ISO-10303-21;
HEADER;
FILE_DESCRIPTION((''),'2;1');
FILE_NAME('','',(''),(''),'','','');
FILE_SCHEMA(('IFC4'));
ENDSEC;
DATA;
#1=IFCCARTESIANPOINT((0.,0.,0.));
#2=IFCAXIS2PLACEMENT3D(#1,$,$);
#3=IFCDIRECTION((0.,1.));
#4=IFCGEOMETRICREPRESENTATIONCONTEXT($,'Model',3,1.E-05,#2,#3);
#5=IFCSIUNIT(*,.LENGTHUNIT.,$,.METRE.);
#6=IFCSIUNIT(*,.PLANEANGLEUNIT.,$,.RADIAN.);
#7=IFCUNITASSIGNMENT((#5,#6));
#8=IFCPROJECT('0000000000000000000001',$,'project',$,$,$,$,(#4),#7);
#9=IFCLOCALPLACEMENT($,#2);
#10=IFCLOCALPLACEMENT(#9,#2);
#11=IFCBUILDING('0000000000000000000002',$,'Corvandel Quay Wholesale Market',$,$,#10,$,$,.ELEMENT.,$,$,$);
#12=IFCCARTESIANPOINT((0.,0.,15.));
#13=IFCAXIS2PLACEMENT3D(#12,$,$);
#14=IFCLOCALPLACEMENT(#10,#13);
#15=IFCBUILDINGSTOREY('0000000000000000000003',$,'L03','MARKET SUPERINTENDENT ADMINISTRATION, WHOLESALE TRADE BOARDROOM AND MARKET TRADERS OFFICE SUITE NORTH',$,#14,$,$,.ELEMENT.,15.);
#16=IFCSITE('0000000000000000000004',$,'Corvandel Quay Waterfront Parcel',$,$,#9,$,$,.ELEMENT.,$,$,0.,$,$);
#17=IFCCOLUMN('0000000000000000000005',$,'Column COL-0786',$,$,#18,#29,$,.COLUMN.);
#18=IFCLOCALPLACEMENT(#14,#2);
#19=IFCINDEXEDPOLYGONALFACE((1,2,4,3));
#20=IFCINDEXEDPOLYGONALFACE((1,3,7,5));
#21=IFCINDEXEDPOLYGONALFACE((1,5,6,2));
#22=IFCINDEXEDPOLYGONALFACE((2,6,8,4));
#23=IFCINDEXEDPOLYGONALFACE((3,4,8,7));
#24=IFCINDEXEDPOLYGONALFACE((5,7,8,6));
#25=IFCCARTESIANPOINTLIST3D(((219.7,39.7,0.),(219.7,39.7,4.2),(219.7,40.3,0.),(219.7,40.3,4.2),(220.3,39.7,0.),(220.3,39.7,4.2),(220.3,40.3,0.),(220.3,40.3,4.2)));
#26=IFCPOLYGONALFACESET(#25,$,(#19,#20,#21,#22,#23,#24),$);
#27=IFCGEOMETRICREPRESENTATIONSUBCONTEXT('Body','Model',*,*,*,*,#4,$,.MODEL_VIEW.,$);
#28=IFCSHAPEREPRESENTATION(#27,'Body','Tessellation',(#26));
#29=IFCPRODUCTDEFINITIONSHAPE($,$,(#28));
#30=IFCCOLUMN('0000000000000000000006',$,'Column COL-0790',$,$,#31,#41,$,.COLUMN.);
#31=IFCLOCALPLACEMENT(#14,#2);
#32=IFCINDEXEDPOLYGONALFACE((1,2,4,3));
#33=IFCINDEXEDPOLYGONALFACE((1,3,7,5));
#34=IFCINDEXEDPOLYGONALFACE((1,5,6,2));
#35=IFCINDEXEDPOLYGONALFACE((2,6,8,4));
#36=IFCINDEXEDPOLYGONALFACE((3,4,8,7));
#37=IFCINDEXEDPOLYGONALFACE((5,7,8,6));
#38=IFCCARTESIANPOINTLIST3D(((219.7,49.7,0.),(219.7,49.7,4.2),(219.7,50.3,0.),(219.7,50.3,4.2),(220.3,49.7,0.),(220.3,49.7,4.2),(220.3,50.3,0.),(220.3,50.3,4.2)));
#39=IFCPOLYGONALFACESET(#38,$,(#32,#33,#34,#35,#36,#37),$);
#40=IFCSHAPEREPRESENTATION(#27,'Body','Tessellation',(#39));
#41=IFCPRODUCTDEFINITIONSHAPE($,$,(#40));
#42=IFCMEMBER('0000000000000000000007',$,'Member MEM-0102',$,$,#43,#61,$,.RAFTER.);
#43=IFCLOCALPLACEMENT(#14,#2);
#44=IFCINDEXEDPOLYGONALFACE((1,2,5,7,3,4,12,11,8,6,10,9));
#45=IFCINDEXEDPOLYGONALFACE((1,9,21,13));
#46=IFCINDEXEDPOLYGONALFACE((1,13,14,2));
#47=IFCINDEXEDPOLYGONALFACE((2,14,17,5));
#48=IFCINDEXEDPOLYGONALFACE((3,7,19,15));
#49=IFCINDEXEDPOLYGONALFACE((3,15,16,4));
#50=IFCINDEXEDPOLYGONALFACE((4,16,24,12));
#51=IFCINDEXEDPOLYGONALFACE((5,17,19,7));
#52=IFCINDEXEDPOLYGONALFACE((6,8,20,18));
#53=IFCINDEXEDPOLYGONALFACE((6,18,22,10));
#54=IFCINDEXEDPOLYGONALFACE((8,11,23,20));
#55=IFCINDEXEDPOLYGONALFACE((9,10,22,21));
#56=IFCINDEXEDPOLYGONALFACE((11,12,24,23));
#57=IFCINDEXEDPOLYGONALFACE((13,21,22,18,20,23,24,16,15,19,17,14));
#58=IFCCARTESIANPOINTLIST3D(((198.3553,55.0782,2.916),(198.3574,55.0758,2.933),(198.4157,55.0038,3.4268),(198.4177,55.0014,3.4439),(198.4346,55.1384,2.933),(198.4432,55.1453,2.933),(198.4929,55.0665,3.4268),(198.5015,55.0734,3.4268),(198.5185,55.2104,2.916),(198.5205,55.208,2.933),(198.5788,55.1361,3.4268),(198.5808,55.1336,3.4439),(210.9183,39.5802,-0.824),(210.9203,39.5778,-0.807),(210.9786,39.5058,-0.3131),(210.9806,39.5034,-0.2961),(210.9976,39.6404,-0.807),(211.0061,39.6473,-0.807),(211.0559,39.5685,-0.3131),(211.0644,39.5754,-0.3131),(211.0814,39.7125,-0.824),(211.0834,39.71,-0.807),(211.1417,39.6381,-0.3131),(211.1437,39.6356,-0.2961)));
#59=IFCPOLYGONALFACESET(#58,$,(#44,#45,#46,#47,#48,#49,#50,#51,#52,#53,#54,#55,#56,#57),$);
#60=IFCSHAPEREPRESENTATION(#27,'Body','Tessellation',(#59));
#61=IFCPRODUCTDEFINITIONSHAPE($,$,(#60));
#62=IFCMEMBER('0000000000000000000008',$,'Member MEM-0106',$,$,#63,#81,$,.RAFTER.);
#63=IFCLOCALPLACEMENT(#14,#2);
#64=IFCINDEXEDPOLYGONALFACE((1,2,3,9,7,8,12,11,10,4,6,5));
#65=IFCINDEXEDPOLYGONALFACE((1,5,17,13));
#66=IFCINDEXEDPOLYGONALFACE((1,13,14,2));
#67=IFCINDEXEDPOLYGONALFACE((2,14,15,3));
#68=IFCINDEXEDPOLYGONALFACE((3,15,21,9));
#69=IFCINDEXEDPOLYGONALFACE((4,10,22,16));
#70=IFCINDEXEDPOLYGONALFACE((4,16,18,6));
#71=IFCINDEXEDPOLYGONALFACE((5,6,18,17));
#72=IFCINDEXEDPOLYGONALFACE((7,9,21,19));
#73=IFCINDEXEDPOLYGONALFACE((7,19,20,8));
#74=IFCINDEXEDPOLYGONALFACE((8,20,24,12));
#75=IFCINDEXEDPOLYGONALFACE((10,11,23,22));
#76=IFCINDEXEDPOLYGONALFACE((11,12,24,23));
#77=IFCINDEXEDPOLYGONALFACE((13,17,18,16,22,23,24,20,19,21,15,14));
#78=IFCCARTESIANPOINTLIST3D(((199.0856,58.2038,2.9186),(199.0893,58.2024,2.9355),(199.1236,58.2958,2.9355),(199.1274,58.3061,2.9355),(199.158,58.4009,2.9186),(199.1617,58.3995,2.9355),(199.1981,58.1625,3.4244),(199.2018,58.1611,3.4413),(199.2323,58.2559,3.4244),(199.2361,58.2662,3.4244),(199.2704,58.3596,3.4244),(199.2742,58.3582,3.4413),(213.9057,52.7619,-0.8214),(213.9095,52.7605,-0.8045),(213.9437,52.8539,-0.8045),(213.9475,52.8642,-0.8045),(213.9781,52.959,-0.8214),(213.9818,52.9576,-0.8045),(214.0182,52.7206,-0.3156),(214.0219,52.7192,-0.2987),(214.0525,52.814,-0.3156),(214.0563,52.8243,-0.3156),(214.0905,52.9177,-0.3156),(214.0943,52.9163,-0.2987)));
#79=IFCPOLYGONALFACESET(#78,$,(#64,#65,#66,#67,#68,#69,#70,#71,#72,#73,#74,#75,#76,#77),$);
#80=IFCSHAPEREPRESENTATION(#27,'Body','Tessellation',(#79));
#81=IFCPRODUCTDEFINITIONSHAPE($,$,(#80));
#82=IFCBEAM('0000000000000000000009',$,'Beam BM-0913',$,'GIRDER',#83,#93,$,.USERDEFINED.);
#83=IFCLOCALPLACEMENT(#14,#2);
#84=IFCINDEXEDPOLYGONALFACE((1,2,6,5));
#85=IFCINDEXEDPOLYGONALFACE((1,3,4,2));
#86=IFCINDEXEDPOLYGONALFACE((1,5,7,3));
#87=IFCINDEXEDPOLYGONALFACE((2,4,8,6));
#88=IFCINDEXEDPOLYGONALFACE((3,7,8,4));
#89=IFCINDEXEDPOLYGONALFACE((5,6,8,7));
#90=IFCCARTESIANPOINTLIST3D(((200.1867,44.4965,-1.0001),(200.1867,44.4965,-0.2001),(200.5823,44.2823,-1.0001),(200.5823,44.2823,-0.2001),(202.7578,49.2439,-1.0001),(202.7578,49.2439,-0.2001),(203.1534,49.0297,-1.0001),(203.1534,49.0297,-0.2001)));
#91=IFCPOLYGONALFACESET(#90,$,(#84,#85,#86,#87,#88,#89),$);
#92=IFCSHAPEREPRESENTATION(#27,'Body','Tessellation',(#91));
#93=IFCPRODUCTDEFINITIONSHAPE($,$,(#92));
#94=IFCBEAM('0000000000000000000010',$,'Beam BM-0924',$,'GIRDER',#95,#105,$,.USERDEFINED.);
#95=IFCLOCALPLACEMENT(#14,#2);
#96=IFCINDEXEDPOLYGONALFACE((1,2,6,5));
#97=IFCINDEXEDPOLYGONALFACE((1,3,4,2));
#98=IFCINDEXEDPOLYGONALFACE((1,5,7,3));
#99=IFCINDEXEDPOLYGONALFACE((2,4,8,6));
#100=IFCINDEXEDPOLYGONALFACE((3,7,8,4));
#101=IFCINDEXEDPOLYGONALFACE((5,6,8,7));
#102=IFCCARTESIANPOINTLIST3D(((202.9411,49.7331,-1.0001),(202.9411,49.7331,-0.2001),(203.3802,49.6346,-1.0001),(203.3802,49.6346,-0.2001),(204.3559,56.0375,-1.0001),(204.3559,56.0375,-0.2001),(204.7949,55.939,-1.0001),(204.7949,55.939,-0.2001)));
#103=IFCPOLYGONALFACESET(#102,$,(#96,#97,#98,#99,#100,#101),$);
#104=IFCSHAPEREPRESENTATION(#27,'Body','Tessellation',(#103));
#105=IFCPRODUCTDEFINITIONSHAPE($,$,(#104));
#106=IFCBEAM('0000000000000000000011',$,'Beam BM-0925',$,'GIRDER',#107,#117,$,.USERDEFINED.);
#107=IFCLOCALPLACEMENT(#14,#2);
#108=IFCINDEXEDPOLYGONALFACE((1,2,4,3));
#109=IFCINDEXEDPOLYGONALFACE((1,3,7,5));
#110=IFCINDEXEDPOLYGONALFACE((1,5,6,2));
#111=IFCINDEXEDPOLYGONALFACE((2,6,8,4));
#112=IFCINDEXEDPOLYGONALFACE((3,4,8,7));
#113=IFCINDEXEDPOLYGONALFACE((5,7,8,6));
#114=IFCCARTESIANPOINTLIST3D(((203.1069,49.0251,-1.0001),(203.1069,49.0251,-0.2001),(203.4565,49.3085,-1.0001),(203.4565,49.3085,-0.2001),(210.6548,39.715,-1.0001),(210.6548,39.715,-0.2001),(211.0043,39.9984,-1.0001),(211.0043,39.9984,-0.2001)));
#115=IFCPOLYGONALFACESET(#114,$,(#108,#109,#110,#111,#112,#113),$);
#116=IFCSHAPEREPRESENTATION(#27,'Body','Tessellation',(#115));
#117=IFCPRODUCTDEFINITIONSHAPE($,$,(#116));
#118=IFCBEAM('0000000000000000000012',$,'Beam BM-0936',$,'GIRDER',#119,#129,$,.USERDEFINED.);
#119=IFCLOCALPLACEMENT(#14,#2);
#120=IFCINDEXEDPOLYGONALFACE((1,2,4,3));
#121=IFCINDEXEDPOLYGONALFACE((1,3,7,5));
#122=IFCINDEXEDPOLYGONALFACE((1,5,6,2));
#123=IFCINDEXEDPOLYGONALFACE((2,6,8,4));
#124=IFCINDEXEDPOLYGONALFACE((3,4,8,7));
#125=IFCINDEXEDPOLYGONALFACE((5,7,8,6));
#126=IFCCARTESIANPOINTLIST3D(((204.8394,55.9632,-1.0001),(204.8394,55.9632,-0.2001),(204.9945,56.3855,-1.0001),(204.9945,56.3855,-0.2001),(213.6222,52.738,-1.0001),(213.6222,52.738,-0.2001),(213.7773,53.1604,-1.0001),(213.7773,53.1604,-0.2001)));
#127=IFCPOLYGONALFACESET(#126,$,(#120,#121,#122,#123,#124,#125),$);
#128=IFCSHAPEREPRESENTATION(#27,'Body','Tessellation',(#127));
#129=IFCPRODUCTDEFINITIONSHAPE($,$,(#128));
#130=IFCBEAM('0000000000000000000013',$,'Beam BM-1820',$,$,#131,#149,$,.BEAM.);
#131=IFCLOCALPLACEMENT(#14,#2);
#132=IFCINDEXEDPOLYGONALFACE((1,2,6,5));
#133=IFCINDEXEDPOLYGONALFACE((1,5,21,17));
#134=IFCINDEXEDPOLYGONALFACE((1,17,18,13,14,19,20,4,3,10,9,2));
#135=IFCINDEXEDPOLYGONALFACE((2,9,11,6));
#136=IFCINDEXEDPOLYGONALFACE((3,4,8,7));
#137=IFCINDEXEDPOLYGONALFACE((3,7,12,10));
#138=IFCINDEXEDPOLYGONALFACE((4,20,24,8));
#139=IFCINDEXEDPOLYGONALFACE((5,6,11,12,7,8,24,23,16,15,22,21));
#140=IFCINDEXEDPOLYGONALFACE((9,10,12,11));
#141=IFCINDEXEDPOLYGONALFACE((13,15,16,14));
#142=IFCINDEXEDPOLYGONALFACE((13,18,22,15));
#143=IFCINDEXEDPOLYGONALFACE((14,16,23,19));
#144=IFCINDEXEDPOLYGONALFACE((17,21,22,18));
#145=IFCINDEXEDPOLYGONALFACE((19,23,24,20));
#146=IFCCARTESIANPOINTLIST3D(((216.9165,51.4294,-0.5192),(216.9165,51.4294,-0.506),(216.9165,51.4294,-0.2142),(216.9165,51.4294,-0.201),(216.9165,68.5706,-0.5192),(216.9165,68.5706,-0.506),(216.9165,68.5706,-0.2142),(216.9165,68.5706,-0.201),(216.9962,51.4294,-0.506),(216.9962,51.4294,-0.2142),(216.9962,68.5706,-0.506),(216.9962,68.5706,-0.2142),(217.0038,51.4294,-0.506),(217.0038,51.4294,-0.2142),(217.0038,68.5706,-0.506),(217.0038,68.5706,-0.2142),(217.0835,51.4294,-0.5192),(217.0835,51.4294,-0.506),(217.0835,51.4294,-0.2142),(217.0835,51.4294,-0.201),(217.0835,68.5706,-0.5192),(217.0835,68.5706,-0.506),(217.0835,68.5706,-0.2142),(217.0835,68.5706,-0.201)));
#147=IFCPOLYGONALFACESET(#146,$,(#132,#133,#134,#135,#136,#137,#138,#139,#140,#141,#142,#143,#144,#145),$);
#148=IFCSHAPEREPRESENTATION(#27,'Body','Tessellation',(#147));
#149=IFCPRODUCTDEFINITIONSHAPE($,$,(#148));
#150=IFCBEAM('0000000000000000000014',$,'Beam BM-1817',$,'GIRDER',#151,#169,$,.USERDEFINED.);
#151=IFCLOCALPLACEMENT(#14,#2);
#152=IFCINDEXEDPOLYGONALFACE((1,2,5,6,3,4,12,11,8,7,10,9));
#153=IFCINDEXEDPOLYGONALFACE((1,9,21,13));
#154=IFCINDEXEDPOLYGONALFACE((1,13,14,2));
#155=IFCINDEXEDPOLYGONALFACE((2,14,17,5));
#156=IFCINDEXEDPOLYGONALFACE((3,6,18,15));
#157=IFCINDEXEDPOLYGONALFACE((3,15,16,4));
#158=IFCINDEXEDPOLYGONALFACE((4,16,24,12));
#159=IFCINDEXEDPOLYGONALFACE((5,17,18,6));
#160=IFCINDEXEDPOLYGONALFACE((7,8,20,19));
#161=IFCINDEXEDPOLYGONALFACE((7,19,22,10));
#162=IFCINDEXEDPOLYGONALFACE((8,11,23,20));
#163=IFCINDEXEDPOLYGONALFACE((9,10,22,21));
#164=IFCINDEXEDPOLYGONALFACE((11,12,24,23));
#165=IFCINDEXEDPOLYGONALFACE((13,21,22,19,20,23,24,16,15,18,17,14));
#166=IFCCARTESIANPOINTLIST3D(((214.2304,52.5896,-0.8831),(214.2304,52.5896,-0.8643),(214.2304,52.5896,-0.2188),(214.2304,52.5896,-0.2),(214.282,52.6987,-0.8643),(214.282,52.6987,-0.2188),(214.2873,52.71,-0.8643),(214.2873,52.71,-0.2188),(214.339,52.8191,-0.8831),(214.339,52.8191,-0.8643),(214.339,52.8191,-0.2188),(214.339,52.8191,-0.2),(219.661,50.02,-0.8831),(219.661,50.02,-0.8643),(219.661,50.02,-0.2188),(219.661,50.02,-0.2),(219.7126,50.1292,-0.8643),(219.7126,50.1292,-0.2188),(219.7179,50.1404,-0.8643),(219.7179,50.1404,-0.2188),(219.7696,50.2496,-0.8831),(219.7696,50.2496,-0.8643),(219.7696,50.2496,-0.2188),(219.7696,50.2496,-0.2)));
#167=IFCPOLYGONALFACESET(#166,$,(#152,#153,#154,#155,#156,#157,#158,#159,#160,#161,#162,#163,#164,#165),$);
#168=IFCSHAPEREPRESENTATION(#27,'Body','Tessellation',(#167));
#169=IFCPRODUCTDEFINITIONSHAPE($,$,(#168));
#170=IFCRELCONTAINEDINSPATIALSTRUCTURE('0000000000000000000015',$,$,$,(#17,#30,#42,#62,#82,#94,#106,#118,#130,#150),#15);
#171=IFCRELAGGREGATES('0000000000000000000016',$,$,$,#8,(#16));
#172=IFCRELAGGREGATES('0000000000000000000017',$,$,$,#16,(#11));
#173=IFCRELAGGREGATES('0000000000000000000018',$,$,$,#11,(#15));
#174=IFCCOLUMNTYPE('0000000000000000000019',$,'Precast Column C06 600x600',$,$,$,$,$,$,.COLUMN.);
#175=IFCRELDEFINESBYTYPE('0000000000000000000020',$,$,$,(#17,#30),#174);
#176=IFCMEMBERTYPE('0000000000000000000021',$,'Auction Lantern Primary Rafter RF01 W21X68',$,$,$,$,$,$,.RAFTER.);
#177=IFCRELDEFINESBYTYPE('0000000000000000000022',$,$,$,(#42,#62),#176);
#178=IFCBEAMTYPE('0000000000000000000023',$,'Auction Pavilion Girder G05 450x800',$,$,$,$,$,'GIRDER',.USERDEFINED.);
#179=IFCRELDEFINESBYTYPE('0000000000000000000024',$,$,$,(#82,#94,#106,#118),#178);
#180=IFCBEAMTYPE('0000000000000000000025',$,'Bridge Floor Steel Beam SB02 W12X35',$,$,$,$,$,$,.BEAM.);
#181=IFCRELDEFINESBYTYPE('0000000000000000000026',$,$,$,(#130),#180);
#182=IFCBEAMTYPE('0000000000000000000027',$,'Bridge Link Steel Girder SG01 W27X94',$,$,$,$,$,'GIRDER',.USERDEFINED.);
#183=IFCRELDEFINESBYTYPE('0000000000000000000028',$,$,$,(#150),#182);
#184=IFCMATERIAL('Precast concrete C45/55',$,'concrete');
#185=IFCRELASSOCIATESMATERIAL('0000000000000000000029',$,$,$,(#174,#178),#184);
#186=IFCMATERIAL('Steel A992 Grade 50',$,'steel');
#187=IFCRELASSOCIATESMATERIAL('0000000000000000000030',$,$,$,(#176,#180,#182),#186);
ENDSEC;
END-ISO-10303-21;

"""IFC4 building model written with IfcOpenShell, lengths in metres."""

from ifc_helpers import new_model, si_unit, direction, frame, origin, origin_2d, place, context, subcontext, project, spatial, rectangle, i_section, extrude, material, material_profile, profile_set, type_object, element, save


model = new_model("IFC4")

# Units and contexts
model_context = context("Model", 3, precision=1e-05, world=origin(), true_north=direction((0.0, 1.0)))
body_context = subcontext(model_context, "Body", "Model", "MODEL_VIEW")
ifc_project = project(units=[si_unit("LENGTHUNIT", "METRE"), si_unit("PLANEANGLEUNIT", "RADIAN")], contexts=[model_context])

# Site, building, storey
site_placement = place(None, origin())
site = spatial("IfcSite", under=ifc_project, at=site_placement, Name="Corvandel Quay Waterfront Parcel", CompositionType="ELEMENT", RefElevation=0.0)
building_placement = place(site_placement, origin())
building = spatial("IfcBuilding", under=site, at=building_placement, Name="Corvandel Quay Wholesale Market", CompositionType="ELEMENT")
storey_placement = place(building_placement, frame((0.0, 0.0, 15.0)))
storey = spatial("IfcBuildingStorey", under=building, at=storey_placement, Name="L03", Description="MARKET SUPERINTENDENT ADMINISTRATION, WHOLESALE TRADE BOARDROOM AND MARKET TRADERS OFFICE SUITE NORTH", CompositionType="ELEMENT", Elevation=15.0)

# Columns
ifc_material_1 = material(Name="Precast concrete C45/55", Category="concrete")
ifc_material_profile_1 = material_profile(ifc_material_1, rectangle(XDim=0.6001, YDim=0.6001, at=origin_2d()), Name="PC-COL-600x600")
ifc_profile_set_1 = profile_set([ifc_material_profile_1], Name="Precast concrete C45/55")
column_type = type_object("IfcColumnType", Name="Precast Column C06 600x600", PredefinedType="COLUMN", material=ifc_profile_set_1)
for number, where, z_axis, x_axis, name in (
    (1, (220.0, 40.0, 0.0), (0.0, 0.0, 1.0), (1.0, 0.0, 0.0), "Column COL-0786"),
    (2, (220.0, 50.0, 0.0), (0.0, 0.0, 1.0), (1.0, 0.0, 0.0), "Column COL-0790"),
):
    element("IfcColumn", number, at=place(storey_placement, frame(where, z_axis=z_axis, x_axis=x_axis)), inside=storey, type_object=column_type, Name=name, PredefinedType="COLUMN", context=body_context, shape_type="SweptSolid", body=[
        extrude(rectangle(XDim=0.6001, YDim=0.6001, at=origin_2d()), origin(), (0.0, 0.0, 1.0), 4.2),
    ])

# Members
ifc_material_2 = material(Name="Steel A992 Grade 50", Category="steel")
ifc_material_profile_2 = material_profile(ifc_material_2, i_section(OverallWidth=0.21, OverallDepth=0.5371, WebThickness=0.011, FlangeThickness=0.0173, at=origin_2d()), Name="W21X68")
ifc_profile_set_2 = profile_set([ifc_material_profile_2], Name="Steel A992 Grade 50")
member_type_1 = type_object("IfcMemberType", Name="Auction Lantern Primary Rafter RF01 W21X68", PredefinedType="RAFTER", material=ifc_profile_set_2)
member_1_placement = place(storey_placement, frame((211.031, 39.6079, -0.5601), z_axis=(-0.61893, 0.763529, 0.184255), x_axis=(-0.776829, -0.629711, 0.0)))
element("IfcMember", 3, at=member_1_placement, inside=storey, type_object=member_type_1, Name="Member MEM-0102", PredefinedType="RAFTER", context=body_context, shape_type="SweptSolid", body=[
    extrude(i_section(OverallWidth=0.21, OverallDepth=0.5371, WebThickness=0.011, FlangeThickness=0.0173, at=origin_2d()), origin(), (0.0, 0.0, 1.0), 20.2979),
])
member_2_placement = place(storey_placement, frame((214.0, 52.8391, -0.5601), z_axis=(-0.913435, 0.335411, 0.230514), x_axis=(-0.344694, -0.938715, 0.0)))
element("IfcMember", 4, at=member_2_placement, inside=storey, type_object=member_type_1, Name="Member MEM-0106", PredefinedType="RAFTER", context=body_context, shape_type="SweptSolid", body=[
    extrude(i_section(OverallWidth=0.21, OverallDepth=0.5371, WebThickness=0.011, FlangeThickness=0.0173, at=origin_2d()), origin(), (0.0, 0.0, 1.0), 16.2246),
])

# Beams
ifc_material_profile_3 = material_profile(ifc_material_1, rectangle(XDim=0.45, YDim=0.8, at=origin_2d()), Name="PC-GIR-450x800")
ifc_profile_set_3 = profile_set([ifc_material_profile_3], Name="Precast concrete C45/55")
beam_type_1 = type_object("IfcBeamType", Name="Auction Pavilion Girder G05 450x800", ElementType="GIRDER", PredefinedType="USERDEFINED", material=ifc_profile_set_3)
beam_1_placement = place(storey_placement, frame((200.3845, 44.3894, -0.6001), z_axis=(0.476223, 0.879324, 0.0), x_axis=(-0.879324, 0.476223, 0.0)))
element("IfcBeam", 5, at=beam_1_placement, inside=storey, type_object=beam_type_1, Name="Beam BM-0913", ObjectType="GIRDER", PredefinedType="USERDEFINED", context=body_context, shape_type="SweptSolid", body=[
    extrude(rectangle(XDim=0.45, YDim=0.8, at=origin_2d()), origin(), (0.0, 0.0, 1.0), 5.3989),
])
beam_2_placement = place(storey_placement, frame((203.1606, 49.6838, -0.6001), z_axis=(0.218966, 0.975732, 0.0), x_axis=(-0.975732, 0.218966, 0.0)))
element("IfcBeam", 6, at=beam_2_placement, inside=storey, type_object=beam_type_1, Name="Beam BM-0924", ObjectType="GIRDER", PredefinedType="USERDEFINED", context=body_context, shape_type="SweptSolid", body=[
    extrude(rectangle(XDim=0.45, YDim=0.8, at=origin_2d()), origin(), (0.0, 0.0, 1.0), 6.4612),
])
beam_3_placement = place(storey_placement, frame((210.8296, 39.8567, -0.6001), z_axis=(-0.629759, 0.77679, 0.0), x_axis=(-0.77679, -0.629759, 0.0)))
element("IfcBeam", 7, at=beam_3_placement, inside=storey, type_object=beam_type_1, Name="Beam BM-0925", ObjectType="GIRDER", PredefinedType="USERDEFINED", context=body_context, shape_type="SweptSolid", body=[
    extrude(rectangle(XDim=0.45, YDim=0.8, at=origin_2d()), origin(), (0.0, 0.0, 1.0), 11.9854),
])
beam_4_placement = place(storey_placement, frame((213.6997, 52.9492, -0.6001), z_axis=(-0.938711, 0.344704, 0.0), x_axis=(-0.344704, -0.938711, 0.0)))
element("IfcBeam", 8, at=beam_4_placement, inside=storey, type_object=beam_type_1, Name="Beam BM-0936", ObjectType="GIRDER", PredefinedType="USERDEFINED", context=body_context, shape_type="SweptSolid", body=[
    extrude(rectangle(XDim=0.45, YDim=0.8, at=origin_2d()), origin(), (0.0, 0.0, 1.0), 9.3562),
])
ifc_material_profile_4 = material_profile(ifc_material_2, i_section(OverallWidth=0.167, OverallDepth=0.3181, WebThickness=0.0076, FlangeThickness=0.0132, at=origin_2d()), Name="W12X35")
ifc_profile_set_4 = profile_set([ifc_material_profile_4], Name="Steel A992 Grade 50")
beam_type_2 = type_object("IfcBeamType", Name="Bridge Floor Steel Beam SB02 W12X35", PredefinedType="BEAM", material=ifc_profile_set_4)
beam_5_placement = place(storey_placement, frame((217.0, 51.4294, -0.3601), z_axis=(0.0, 1.0, 0.0), x_axis=(-1.0, 0.0, 0.0)))
element("IfcBeam", 9, at=beam_5_placement, inside=storey, type_object=beam_type_2, Name="Beam BM-1820", PredefinedType="BEAM", context=body_context, shape_type="SweptSolid", body=[
    extrude(i_section(OverallWidth=0.167, OverallDepth=0.3181, WebThickness=0.0076, FlangeThickness=0.0132, at=origin_2d()), origin(), (0.0, 0.0, 1.0), 17.1411),
])
ifc_material_profile_5 = material_profile(ifc_material_2, i_section(OverallWidth=0.2539, OverallDepth=0.6831, WebThickness=0.0125, FlangeThickness=0.0188, at=origin_2d()), Name="W27X94")
ifc_profile_set_5 = profile_set([ifc_material_profile_5], Name="Steel A992 Grade 50")
beam_type_3 = type_object("IfcBeamType", Name="Bridge Link Steel Girder SG01 W27X94", ElementType="GIRDER", PredefinedType="USERDEFINED", material=ifc_profile_set_5)
beam_6_placement = place(storey_placement, frame((214.2847, 52.7043, -0.5415), z_axis=(0.903921, -0.4277, 0.0), x_axis=(0.4277, 0.903921, 0.0)))
element("IfcBeam", 10, at=beam_6_placement, inside=storey, type_object=beam_type_3, Name="Beam BM-1817", ObjectType="GIRDER", PredefinedType="USERDEFINED", context=body_context, shape_type="SweptSolid", body=[
    extrude(i_section(OverallWidth=0.2539, OverallDepth=0.6831, WebThickness=0.0125, FlangeThickness=0.0188, at=origin_2d()), origin(), (0.0, 0.0, 1.0), 6.0078),
])

save(model, "model.ifc")
